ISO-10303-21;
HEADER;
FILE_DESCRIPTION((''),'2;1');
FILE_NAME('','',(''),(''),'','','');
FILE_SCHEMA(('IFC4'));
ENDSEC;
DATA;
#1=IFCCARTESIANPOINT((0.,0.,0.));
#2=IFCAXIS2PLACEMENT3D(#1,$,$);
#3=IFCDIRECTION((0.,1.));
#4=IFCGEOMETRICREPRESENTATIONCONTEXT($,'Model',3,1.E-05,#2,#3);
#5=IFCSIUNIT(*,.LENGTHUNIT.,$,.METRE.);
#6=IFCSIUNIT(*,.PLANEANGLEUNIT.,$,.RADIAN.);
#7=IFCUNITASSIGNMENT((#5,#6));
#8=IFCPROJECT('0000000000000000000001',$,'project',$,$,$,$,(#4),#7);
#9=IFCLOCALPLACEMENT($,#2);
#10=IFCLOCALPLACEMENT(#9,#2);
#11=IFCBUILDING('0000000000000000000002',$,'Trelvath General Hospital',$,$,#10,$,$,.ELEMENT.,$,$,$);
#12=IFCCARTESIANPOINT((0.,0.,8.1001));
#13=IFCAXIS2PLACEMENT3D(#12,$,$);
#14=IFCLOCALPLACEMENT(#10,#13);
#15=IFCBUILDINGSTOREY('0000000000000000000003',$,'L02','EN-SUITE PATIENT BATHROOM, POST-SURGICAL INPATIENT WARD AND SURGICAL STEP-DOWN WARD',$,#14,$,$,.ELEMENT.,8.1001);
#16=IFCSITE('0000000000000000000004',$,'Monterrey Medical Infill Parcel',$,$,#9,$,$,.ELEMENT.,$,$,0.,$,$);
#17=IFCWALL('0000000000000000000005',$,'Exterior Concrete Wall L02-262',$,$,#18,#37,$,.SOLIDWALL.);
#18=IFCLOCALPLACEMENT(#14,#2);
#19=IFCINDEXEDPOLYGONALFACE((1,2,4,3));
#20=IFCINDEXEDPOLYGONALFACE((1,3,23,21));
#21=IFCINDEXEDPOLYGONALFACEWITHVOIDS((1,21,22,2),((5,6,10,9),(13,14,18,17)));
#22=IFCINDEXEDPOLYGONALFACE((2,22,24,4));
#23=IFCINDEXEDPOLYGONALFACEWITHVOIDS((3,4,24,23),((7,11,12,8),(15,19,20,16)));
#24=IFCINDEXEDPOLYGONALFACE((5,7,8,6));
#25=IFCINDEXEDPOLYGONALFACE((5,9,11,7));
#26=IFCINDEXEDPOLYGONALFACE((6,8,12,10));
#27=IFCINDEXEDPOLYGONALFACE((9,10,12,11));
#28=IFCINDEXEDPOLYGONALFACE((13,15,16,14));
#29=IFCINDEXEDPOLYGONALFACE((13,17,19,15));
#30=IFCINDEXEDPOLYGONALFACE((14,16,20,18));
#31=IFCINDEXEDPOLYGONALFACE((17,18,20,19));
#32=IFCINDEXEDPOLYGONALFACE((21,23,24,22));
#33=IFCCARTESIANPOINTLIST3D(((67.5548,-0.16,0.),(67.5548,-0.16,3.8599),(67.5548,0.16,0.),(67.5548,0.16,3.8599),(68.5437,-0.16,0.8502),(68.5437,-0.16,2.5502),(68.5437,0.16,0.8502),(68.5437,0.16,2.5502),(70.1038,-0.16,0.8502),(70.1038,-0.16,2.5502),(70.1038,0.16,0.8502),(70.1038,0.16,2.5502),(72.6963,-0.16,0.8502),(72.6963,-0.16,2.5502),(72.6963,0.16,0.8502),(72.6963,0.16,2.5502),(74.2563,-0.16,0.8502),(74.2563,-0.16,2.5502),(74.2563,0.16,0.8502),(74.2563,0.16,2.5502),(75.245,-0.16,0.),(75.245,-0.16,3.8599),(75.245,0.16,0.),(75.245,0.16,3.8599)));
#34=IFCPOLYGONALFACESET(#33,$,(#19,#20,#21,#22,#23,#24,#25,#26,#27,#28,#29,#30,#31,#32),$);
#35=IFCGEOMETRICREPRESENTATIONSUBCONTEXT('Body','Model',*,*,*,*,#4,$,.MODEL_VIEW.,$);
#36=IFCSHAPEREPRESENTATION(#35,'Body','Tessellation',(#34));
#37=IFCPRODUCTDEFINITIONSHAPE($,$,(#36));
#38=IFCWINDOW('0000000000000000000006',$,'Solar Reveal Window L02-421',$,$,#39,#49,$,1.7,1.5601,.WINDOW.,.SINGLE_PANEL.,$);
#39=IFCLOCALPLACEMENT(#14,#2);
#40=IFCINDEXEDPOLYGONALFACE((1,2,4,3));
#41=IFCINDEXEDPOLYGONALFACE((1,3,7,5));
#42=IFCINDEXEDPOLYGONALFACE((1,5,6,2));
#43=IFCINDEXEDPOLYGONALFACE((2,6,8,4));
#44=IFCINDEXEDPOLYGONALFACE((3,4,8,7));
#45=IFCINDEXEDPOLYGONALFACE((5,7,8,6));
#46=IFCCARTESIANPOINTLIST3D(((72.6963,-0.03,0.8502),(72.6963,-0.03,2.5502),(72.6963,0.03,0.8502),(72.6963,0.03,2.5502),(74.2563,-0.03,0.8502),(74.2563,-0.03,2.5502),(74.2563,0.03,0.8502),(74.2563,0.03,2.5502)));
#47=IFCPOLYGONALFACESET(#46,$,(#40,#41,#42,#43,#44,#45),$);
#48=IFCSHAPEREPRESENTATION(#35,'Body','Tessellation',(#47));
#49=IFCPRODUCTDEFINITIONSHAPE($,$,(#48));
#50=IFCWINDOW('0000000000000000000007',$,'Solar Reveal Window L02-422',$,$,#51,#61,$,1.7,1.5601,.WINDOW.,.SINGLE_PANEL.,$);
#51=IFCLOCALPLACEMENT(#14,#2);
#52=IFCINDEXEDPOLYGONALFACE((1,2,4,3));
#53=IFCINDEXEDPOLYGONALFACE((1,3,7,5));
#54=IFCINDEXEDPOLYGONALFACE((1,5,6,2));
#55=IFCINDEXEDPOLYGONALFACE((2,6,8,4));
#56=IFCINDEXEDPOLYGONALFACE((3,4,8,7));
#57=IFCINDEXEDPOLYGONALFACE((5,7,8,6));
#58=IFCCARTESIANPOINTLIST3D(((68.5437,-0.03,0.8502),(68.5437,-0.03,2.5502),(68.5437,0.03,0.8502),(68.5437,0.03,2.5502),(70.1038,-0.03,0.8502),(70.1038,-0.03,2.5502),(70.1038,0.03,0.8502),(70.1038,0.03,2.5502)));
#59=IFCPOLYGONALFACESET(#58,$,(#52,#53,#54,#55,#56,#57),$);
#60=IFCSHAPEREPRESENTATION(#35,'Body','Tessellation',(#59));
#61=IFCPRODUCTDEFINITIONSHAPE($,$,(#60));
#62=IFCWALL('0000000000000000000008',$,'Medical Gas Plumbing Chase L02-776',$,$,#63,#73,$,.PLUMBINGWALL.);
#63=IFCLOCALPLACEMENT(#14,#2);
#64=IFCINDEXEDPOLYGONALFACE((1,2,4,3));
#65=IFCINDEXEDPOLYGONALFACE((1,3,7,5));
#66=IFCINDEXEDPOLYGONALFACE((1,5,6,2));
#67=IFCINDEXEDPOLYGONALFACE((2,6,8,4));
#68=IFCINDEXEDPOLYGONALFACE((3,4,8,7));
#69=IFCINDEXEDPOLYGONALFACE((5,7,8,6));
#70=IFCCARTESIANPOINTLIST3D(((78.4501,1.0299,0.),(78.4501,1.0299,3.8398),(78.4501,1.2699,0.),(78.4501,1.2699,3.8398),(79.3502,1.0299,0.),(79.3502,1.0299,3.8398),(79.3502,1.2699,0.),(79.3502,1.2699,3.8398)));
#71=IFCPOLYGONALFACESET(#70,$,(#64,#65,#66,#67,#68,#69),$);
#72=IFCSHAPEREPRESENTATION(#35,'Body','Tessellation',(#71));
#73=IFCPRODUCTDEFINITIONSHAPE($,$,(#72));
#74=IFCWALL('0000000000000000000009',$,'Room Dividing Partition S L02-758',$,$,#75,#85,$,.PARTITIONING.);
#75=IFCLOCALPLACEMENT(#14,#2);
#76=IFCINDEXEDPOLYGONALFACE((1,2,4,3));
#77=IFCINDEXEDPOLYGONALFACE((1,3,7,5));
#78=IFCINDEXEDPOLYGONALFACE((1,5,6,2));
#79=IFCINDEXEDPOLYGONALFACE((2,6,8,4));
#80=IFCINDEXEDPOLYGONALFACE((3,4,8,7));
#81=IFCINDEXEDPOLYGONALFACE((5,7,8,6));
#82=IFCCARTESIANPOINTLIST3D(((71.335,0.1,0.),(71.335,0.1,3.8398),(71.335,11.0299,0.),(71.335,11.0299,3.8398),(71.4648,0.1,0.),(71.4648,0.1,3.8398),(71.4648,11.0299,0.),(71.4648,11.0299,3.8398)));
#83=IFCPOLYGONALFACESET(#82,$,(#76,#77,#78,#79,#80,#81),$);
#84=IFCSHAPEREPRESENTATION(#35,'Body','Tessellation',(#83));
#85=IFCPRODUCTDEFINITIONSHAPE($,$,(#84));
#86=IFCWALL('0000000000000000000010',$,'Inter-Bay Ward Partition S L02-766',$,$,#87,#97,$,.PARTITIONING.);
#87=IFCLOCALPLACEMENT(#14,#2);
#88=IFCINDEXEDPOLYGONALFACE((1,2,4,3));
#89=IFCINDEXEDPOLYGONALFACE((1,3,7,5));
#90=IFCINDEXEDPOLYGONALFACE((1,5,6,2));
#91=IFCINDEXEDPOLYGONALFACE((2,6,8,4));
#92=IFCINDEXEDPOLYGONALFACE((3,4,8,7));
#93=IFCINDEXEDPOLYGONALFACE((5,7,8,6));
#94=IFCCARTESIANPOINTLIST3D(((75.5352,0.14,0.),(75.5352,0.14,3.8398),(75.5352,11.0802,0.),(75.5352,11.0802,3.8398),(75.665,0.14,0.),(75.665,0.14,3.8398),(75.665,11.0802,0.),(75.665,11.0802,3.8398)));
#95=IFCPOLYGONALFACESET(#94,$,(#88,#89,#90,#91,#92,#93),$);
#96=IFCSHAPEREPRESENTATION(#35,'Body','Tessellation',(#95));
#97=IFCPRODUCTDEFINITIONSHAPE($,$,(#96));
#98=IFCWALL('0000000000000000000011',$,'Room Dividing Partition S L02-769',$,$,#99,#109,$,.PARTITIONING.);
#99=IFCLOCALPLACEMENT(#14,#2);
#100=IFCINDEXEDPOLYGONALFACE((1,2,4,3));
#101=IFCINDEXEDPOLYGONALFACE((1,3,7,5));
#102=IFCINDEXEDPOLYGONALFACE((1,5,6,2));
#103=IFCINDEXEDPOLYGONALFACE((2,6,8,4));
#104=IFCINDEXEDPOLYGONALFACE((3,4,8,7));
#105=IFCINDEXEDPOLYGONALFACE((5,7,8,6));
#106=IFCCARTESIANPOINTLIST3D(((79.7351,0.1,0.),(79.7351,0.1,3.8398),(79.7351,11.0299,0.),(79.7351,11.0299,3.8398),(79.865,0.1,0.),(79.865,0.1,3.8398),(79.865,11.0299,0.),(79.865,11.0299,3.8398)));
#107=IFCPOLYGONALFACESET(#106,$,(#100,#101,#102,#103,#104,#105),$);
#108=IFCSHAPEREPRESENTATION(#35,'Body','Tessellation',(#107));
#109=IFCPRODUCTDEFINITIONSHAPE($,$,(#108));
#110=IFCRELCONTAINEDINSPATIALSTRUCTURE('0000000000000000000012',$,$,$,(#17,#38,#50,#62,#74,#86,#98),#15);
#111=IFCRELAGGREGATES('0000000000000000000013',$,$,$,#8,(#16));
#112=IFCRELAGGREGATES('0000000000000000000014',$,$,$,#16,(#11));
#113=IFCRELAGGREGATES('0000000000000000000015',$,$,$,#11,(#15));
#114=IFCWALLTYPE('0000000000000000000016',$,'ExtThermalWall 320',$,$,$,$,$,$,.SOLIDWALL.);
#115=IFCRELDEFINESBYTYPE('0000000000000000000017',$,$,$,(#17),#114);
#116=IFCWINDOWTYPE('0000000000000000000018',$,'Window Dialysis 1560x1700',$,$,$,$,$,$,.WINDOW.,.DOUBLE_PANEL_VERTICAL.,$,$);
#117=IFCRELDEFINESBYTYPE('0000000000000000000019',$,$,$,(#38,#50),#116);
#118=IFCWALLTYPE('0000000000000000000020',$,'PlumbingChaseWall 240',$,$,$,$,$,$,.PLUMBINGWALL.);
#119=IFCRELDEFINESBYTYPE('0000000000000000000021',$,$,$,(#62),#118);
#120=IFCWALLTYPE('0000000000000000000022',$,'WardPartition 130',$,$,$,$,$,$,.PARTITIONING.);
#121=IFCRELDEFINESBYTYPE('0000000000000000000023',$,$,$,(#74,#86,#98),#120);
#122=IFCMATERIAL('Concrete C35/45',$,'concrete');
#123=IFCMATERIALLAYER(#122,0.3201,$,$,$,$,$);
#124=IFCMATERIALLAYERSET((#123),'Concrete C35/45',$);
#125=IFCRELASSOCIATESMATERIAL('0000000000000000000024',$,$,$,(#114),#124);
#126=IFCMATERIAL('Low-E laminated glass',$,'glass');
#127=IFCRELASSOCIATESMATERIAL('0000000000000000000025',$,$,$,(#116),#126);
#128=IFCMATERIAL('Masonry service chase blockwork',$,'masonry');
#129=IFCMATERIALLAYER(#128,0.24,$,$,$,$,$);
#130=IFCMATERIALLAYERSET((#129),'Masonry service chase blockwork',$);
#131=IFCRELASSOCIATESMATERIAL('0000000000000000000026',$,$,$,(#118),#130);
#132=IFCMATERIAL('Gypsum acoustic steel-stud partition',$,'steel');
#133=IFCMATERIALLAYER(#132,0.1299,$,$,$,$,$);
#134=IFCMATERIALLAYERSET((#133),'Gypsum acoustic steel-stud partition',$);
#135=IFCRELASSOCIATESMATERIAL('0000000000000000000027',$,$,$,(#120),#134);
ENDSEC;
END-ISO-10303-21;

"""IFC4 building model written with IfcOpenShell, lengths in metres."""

from ifc_helpers import new_model, si_unit, direction, frame, frame_2d, origin, place, context, subcontext, project, spatial, rectangle, extrude, material, layer, layer_set, type_object, element, fill, save


model = new_model("IFC4")

# Units and contexts
model_context = context("Model", 3, precision=1e-05, world=origin(), true_north=direction((0.0, 1.0)))
body_context = subcontext(model_context, "Body", "Model", "MODEL_VIEW")
ifc_project = project(units=[si_unit("LENGTHUNIT", "METRE"), si_unit("PLANEANGLEUNIT", "RADIAN")], contexts=[model_context])

# Site, building, storey
site_placement = place(None, origin())
site = spatial("IfcSite", under=ifc_project, at=site_placement, Name="Monterrey Medical Infill Parcel", CompositionType="ELEMENT", RefElevation=0.0)
building_placement = place(site_placement, origin())
building = spatial("IfcBuilding", under=site, at=building_placement, Name="Trelvath General Hospital", CompositionType="ELEMENT")
storey_placement = place(building_placement, frame((0.0, 0.0, 8.1001)))
storey = spatial("IfcBuildingStorey", under=building, at=storey_placement, Name="L02", Description="EN-SUITE PATIENT BATHROOM, POST-SURGICAL INPATIENT WARD AND SURGICAL STEP-DOWN WARD", CompositionType="ELEMENT", Elevation=8.1001)

# Wall, openings, windows
ifc_material_1 = material(Name="Concrete C35/45", Category="concrete")
ifc_layer_1 = layer(ifc_material_1, 0.3201)
ifc_layer_set_1 = layer_set([ifc_layer_1], Name="Concrete C35/45")
wall_type_1 = type_object("IfcWallType", Name="ExtThermalWall 320", PredefinedType="SOLIDWALL", material=ifc_layer_set_1)
wall_1_placement = place(storey_placement, frame((75.2451, 0.0, 0.0), z_axis=(0.0, 0.0, 1.0), x_axis=(-1.0, 0.0, 0.0)))
wall_1 = element("IfcWall", 1, at=wall_1_placement, inside=storey, type_object=wall_type_1, Name="Exterior Concrete Wall L02-262", PredefinedType="SOLIDWALL", context=body_context, shape_type="SweptSolid", body=[
    extrude(rectangle(XDim=7.6902, YDim=0.3201, at=frame_2d((3.8452, 0.0))), origin(), (0.0, 0.0, 1.0), 3.8599),
])
opening_1_placement = place(wall_1_placement, frame((0.9888, 0.0, 0.8501)))
opening_1 = element("IfcOpeningElement", 2, at=opening_1_placement, cuts=wall_1, PredefinedType="OPENING", context=body_context, shape_type="SweptSolid", body=[
    extrude(rectangle(XDim=1.5601, YDim=1.7, at=frame_2d((0.78, 0.8501))), frame((0.0, 0.1699, 0.0), z_axis=(0.0, -1.0, 0.0), x_axis=(1.0, 0.0, 0.0)), (0.0, 0.0, 1.0), 0.3401),
])
opening_2_placement = place(wall_1_placement, frame((5.1414, 0.0, 0.8501)))
opening_2 = element("IfcOpeningElement", 3, at=opening_2_placement, cuts=wall_1, PredefinedType="OPENING", context=body_context, shape_type="SweptSolid", body=[
    extrude(rectangle(XDim=1.5601, YDim=1.7, at=frame_2d((0.78, 0.8501))), frame((0.0, 0.1699, 0.0), z_axis=(0.0, -1.0, 0.0), x_axis=(1.0, 0.0, 0.0)), (0.0, 0.0, 1.0), 0.3401),
])
ifc_material_2 = material(Name="Low-E laminated glass", Category="glass")
window_type = type_object("IfcWindowType", Name="Window Dialysis 1560x1700", PartitioningType="DOUBLE_PANEL_VERTICAL", PredefinedType="WINDOW", material=ifc_material_2)
window_1_placement = place(opening_1_placement, origin())
window_1 = element("IfcWindow", 4, at=window_1_placement, inside=storey, type_object=window_type, Name="Solar Reveal Window L02-421", OverallHeight=1.7, OverallWidth=1.5601, PartitioningType="SINGLE_PANEL", PredefinedType="WINDOW", context=body_context, shape_type="SweptSolid", body=[
    extrude(rectangle(XDim=1.5601, YDim=1.7, at=frame_2d((0.78, 0.8501))), frame((0.0, 0.03, 0.0), z_axis=(0.0, -1.0, 0.0), x_axis=(1.0, 0.0, 0.0)), (0.0, 0.0, 1.0), 0.0601),
])
fill(opening_1, window_1)
window_2_placement = place(opening_2_placement, origin())
window_2 = element("IfcWindow", 5, at=window_2_placement, inside=storey, type_object=window_type, Name="Solar Reveal Window L02-422", OverallHeight=1.7, OverallWidth=1.5601, PartitioningType="SINGLE_PANEL", PredefinedType="WINDOW", context=body_context, shape_type="SweptSolid", body=[
    extrude(rectangle(XDim=1.5601, YDim=1.7, at=frame_2d((0.78, 0.8501))), frame((0.0, 0.03, 0.0), z_axis=(0.0, -1.0, 0.0), x_axis=(1.0, 0.0, 0.0)), (0.0, 0.0, 1.0), 0.0601),
])
fill(opening_2, window_2)

# Walls
ifc_material_3 = material(Name="Masonry service chase blockwork", Category="masonry")
ifc_layer_2 = layer(ifc_material_3, 0.24)
ifc_layer_set_2 = layer_set([ifc_layer_2], Name="Masonry service chase blockwork")
wall_type_2 = type_object("IfcWallType", Name="PlumbingChaseWall 240", PredefinedType="PLUMBINGWALL", material=ifc_layer_set_2)
wall_2_placement = place(storey_placement, frame((78.45, 1.1499, 0.0), z_axis=(0.0, 0.0, 1.0), x_axis=(1.0, 0.0, 0.0)))
element("IfcWall", 6, at=wall_2_placement, inside=storey, type_object=wall_type_2, Name="Medical Gas Plumbing Chase L02-776", PredefinedType="PLUMBINGWALL", context=body_context, shape_type="SweptSolid", body=[
    extrude(rectangle(XDim=0.9001, YDim=0.24, at=frame_2d((0.4502, 0.0))), origin(), (0.0, 0.0, 1.0), 3.8398),
])
ifc_material_4 = material(Name="Gypsum acoustic steel-stud partition", Category="steel")
ifc_layer_3 = layer(ifc_material_4, 0.1299)
ifc_layer_set_3 = layer_set([ifc_layer_3], Name="Gypsum acoustic steel-stud partition")
wall_type_3 = type_object("IfcWallType", Name="WardPartition 130", PredefinedType="PARTITIONING", material=ifc_layer_set_3)
wall_3_placement = place(storey_placement, frame((71.3999, 0.1001, 0.0), z_axis=(0.0, 0.0, 1.0), x_axis=(0.0, 1.0, 0.0)))
element("IfcWall", 7, at=wall_3_placement, inside=storey, type_object=wall_type_3, Name="Room Dividing Partition S L02-758", PredefinedType="PARTITIONING", context=body_context, shape_type="SweptSolid", body=[
    extrude(rectangle(XDim=10.9299, YDim=0.1299, at=frame_2d((5.4648, 0.0))), origin(), (0.0, 0.0, 1.0), 3.8398),
])
wall_4_placement = place(storey_placement, frame((75.6001, 0.1399, 0.0), z_axis=(0.0, 0.0, 1.0), x_axis=(0.0, 1.0, 0.0)))
element("IfcWall", 8, at=wall_4_placement, inside=storey, type_object=wall_type_3, Name="Inter-Bay Ward Partition S L02-766", PredefinedType="PARTITIONING", context=body_context, shape_type="SweptSolid", body=[
    extrude(rectangle(XDim=10.9402, YDim=0.1299, at=frame_2d((5.4702, 0.0))), origin(), (0.0, 0.0, 1.0), 3.8398),
])
wall_5_placement = place(storey_placement, frame((79.8, 0.1001, 0.0), z_axis=(0.0, 0.0, 1.0), x_axis=(0.0, 1.0, 0.0)))
element("IfcWall", 9, at=wall_5_placement, inside=storey, type_object=wall_type_3, Name="Room Dividing Partition S L02-769", PredefinedType="PARTITIONING", context=body_context, shape_type="SweptSolid", body=[
    extrude(rectangle(XDim=10.9299, YDim=0.1299, at=frame_2d((5.4648, 0.0))), origin(), (0.0, 0.0, 1.0), 3.8398),
])

save(model, "model.ifc")
